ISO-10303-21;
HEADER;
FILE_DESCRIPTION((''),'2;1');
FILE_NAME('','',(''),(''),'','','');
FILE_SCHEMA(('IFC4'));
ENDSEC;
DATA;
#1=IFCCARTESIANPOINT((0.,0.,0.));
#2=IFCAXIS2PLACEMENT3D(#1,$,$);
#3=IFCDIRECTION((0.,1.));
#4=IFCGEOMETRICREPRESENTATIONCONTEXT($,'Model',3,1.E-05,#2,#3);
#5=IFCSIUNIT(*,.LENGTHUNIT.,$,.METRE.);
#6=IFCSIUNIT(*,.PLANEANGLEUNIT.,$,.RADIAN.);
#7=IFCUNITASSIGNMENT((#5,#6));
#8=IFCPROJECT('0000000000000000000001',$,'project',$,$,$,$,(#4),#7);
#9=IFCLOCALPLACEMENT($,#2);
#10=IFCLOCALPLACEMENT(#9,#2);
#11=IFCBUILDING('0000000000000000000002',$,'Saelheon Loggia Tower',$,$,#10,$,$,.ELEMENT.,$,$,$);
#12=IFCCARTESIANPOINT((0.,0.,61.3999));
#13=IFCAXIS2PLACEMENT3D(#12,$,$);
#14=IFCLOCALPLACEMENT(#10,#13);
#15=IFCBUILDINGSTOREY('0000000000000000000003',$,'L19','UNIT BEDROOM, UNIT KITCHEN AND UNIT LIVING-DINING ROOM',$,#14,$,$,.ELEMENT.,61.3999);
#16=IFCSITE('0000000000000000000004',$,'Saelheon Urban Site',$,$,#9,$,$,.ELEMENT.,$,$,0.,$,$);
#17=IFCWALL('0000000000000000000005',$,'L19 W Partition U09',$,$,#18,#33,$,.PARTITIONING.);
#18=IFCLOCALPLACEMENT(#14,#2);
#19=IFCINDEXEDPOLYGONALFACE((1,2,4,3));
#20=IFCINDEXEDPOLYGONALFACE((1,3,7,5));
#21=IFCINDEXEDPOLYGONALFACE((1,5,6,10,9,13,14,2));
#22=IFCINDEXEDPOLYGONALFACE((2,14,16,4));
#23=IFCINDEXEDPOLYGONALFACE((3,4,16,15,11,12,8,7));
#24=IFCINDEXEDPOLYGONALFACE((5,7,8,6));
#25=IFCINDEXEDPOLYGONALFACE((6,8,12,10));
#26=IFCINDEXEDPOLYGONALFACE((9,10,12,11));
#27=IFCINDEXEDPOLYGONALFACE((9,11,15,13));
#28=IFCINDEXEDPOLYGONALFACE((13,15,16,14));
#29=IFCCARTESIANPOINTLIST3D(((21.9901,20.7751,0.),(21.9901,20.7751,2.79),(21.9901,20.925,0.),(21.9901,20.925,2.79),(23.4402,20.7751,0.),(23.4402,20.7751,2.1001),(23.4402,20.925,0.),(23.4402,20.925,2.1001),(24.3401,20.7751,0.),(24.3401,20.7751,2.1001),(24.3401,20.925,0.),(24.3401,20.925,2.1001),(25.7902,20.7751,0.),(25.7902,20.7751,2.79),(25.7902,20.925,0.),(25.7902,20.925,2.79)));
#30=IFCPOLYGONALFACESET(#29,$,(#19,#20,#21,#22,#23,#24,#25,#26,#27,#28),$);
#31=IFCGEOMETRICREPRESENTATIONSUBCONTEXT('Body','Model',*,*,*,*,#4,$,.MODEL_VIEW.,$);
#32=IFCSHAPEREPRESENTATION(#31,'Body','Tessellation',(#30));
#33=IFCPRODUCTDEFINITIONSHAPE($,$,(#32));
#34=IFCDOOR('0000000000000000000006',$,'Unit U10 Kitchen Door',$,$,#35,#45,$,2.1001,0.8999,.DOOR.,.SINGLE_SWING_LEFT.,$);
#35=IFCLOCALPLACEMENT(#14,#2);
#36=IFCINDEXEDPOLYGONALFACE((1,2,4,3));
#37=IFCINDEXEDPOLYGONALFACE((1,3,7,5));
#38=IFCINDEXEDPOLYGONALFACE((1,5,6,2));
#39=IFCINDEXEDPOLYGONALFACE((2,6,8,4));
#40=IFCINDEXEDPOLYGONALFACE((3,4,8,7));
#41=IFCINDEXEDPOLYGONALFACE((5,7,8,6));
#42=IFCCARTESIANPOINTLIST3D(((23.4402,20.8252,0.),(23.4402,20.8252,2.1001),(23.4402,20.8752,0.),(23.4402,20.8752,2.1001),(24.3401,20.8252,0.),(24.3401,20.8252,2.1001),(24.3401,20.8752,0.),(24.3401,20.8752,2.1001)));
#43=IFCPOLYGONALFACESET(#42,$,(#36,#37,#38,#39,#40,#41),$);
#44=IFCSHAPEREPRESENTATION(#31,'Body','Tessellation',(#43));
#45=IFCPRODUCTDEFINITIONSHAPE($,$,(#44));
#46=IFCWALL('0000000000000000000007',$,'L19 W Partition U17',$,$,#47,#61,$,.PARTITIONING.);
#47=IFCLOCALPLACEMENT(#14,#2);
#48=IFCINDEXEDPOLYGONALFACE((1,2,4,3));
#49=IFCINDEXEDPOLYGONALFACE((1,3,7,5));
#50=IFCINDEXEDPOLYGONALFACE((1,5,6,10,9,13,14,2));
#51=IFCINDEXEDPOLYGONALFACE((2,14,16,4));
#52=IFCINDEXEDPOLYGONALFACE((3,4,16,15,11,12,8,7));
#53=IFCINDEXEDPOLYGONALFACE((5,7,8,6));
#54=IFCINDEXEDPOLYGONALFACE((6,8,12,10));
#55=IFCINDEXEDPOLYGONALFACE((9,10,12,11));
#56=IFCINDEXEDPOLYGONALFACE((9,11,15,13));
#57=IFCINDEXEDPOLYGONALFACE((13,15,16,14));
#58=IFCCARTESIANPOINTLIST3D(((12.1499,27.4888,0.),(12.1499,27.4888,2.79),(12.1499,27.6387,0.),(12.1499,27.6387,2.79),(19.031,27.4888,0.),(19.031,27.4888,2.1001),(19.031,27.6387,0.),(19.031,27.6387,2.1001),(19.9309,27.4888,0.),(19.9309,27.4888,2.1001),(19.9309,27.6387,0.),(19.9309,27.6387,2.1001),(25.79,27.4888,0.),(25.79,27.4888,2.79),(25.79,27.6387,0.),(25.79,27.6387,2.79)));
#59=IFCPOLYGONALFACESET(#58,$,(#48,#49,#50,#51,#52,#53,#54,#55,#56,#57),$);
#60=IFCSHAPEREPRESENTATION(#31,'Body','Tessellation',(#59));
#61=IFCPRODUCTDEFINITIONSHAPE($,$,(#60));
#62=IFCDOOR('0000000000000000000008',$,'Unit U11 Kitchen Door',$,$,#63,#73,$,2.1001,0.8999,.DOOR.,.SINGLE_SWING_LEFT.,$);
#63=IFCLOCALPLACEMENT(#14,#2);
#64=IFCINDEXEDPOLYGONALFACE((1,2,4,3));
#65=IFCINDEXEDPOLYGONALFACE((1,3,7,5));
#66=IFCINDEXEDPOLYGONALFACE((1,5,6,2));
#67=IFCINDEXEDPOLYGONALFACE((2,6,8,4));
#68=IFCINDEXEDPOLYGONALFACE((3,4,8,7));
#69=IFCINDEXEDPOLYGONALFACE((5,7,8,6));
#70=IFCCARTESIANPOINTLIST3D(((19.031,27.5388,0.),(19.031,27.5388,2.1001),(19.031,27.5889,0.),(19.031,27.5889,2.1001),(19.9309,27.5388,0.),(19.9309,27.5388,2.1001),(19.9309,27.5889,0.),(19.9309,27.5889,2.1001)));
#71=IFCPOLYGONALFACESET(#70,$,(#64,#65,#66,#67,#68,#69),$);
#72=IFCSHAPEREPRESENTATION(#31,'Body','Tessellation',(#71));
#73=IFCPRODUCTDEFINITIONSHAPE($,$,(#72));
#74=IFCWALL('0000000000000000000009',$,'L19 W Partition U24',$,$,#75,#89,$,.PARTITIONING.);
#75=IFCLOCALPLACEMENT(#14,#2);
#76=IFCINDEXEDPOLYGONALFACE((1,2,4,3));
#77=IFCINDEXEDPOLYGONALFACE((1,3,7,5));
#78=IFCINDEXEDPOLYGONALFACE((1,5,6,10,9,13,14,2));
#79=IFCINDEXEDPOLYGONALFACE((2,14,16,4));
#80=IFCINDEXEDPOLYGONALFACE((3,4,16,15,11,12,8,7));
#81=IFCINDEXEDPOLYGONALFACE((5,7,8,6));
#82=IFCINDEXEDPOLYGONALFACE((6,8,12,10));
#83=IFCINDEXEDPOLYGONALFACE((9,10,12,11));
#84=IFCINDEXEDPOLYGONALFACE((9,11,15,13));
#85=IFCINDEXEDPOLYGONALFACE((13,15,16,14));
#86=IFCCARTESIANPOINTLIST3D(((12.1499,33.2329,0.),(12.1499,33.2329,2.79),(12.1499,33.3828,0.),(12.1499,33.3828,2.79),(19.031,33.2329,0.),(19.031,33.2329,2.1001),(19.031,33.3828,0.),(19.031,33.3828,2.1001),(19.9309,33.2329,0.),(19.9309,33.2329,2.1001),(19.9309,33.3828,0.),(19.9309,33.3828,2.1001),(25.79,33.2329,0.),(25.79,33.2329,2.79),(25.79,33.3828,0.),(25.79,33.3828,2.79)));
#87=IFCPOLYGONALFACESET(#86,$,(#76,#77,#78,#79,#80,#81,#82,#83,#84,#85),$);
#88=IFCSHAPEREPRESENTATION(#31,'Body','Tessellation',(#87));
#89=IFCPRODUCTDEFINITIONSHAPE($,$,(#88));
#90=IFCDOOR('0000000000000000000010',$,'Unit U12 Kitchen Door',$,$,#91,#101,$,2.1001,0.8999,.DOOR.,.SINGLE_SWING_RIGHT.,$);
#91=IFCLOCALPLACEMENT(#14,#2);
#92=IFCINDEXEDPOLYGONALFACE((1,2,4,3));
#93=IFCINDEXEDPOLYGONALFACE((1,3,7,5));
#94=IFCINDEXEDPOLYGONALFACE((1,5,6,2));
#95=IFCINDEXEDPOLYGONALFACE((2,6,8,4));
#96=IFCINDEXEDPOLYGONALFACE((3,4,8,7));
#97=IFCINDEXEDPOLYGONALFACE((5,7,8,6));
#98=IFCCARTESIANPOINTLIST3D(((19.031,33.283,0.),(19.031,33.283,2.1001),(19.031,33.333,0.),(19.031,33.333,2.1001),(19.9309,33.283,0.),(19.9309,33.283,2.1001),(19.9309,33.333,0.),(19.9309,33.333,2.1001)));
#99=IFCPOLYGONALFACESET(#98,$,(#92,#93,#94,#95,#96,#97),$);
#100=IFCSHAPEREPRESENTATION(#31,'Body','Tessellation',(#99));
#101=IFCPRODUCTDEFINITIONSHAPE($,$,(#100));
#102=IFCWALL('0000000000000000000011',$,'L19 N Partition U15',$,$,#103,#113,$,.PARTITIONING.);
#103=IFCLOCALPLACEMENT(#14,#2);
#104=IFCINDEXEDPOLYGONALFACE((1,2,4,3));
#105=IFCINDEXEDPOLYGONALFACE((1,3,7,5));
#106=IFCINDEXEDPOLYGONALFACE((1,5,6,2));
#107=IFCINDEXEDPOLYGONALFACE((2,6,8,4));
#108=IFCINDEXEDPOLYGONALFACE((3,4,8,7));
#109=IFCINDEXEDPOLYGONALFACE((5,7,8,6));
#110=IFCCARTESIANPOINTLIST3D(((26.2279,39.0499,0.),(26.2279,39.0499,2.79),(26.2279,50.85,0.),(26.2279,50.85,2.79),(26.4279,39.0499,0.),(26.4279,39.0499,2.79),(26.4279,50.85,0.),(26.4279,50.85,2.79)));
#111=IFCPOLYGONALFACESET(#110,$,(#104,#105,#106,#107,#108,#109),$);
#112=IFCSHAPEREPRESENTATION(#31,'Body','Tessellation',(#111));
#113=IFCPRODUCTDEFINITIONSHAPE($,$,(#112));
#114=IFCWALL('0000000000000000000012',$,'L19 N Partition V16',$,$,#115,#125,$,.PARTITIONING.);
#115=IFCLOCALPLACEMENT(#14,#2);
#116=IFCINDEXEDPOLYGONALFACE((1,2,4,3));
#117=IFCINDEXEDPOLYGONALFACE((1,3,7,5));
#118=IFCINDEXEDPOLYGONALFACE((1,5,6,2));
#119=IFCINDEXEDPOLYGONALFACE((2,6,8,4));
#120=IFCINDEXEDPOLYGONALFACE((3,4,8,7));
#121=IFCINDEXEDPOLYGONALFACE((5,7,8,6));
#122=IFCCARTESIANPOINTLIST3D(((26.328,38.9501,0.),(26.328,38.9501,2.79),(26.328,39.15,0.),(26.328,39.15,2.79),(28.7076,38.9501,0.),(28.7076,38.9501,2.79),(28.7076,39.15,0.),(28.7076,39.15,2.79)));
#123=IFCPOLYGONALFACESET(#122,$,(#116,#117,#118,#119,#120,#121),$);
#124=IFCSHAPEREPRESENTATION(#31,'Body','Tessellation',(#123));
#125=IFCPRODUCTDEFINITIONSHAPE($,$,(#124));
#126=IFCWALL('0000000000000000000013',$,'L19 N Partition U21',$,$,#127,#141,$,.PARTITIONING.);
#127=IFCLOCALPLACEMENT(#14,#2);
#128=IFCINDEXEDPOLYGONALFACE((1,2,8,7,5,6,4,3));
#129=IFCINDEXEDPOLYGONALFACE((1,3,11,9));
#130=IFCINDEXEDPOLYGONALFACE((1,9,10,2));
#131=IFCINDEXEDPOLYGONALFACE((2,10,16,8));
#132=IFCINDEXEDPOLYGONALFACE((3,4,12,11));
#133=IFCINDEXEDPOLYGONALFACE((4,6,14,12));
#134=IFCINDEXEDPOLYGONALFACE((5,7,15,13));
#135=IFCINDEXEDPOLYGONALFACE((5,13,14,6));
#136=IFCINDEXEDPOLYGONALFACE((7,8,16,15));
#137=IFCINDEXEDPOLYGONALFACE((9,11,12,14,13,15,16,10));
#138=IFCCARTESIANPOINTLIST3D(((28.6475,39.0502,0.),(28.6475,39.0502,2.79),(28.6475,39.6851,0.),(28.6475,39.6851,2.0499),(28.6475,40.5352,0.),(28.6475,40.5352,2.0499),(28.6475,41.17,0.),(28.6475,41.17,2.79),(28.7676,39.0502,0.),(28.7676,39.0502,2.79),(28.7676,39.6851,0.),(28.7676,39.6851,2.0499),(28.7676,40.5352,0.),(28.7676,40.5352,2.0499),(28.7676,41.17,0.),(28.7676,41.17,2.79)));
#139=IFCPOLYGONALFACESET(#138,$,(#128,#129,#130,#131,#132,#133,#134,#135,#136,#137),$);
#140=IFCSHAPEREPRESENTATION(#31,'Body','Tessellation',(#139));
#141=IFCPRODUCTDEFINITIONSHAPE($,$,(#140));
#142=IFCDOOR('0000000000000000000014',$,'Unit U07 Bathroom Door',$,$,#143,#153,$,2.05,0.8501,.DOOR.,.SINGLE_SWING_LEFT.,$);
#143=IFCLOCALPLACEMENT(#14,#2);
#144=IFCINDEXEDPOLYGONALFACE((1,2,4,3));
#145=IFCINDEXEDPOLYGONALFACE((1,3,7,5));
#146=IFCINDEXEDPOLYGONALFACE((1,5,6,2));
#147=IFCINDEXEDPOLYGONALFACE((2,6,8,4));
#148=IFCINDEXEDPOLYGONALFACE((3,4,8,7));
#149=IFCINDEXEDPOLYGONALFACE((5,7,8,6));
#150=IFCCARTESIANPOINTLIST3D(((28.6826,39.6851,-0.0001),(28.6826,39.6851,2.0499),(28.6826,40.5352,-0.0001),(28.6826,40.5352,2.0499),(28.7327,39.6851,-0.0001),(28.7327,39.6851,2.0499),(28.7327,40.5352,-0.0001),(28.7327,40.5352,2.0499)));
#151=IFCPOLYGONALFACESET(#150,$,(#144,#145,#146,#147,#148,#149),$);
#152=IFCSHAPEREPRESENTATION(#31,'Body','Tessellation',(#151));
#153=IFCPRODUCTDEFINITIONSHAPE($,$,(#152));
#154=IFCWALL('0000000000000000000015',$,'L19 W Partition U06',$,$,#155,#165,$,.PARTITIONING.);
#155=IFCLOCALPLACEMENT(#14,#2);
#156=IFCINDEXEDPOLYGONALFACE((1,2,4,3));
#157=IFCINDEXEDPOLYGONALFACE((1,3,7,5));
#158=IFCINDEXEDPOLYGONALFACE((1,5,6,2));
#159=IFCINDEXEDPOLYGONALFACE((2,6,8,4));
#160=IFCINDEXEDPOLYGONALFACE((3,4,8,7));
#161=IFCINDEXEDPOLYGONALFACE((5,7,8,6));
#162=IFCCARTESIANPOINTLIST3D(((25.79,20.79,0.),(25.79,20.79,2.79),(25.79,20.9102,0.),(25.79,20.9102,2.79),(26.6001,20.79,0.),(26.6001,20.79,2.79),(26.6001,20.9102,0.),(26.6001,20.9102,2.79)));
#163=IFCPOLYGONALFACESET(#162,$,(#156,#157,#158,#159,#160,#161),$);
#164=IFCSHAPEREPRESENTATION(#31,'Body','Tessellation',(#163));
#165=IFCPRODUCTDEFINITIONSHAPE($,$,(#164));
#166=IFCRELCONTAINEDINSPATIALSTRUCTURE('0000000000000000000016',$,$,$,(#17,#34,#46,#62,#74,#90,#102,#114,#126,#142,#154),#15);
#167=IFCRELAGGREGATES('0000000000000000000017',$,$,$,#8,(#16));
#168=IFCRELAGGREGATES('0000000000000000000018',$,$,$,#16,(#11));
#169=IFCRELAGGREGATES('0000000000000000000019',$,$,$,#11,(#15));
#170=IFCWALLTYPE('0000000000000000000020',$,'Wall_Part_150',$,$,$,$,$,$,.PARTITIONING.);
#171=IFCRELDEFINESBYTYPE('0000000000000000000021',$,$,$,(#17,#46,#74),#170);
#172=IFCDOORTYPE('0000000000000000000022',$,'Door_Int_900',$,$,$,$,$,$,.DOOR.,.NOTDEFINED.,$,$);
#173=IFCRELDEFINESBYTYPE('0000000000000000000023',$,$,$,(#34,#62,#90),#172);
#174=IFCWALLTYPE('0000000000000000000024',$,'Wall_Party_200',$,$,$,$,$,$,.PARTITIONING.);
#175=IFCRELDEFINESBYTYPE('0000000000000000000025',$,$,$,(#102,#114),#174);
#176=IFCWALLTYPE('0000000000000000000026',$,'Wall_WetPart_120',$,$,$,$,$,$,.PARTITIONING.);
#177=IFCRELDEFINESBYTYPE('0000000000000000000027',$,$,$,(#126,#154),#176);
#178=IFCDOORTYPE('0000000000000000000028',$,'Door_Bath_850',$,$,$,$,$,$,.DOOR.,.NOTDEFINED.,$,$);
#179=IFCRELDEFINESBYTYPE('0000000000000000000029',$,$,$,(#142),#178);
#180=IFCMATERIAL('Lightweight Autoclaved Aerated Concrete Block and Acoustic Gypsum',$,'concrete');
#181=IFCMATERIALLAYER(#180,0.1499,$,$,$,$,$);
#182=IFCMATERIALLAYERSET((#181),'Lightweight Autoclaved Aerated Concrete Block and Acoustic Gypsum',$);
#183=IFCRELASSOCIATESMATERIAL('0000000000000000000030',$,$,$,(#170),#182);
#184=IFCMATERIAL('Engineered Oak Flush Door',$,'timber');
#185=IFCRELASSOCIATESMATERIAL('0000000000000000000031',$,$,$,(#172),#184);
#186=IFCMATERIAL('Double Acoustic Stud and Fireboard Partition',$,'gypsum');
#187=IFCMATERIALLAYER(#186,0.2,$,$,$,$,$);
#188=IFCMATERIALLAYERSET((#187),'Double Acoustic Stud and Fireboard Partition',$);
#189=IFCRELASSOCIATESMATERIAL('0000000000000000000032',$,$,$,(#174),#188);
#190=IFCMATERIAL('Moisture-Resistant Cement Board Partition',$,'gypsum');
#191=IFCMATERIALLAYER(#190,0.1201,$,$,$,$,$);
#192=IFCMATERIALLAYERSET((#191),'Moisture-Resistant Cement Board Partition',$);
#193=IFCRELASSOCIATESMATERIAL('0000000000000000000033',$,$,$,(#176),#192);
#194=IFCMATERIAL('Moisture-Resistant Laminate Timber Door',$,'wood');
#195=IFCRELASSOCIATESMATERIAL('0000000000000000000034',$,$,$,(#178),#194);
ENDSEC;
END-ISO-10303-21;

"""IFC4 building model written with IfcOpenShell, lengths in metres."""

from ifc_helpers import new_model, si_unit, direction, frame, frame_2d, origin, place, context, subcontext, project, spatial, rectangle, extrude, source, transform, mapped, material, layer, layer_set, type_object, element, fill, save


model = new_model("IFC4")

# Units and contexts
model_context = context("Model", 3, precision=1e-05, world=origin(), true_north=direction((0.0, 1.0)))
body_context = subcontext(model_context, "Body", "Model", "MODEL_VIEW")
ifc_project = project(units=[si_unit("LENGTHUNIT", "METRE"), si_unit("PLANEANGLEUNIT", "RADIAN")], contexts=[model_context])

# Site, building, storey
site_placement = place(None, origin())
site = spatial("IfcSite", under=ifc_project, at=site_placement, Name="Saelheon Urban Site", CompositionType="ELEMENT", RefElevation=0.0)
building_placement = place(site_placement, origin())
building = spatial("IfcBuilding", under=site, at=building_placement, Name="Saelheon Loggia Tower", CompositionType="ELEMENT")
storey_placement = place(building_placement, frame((0.0, 0.0, 61.3999)))
storey = spatial("IfcBuildingStorey", under=building, at=storey_placement, Name="L19", Description="UNIT BEDROOM, UNIT KITCHEN AND UNIT LIVING-DINING ROOM", CompositionType="ELEMENT", Elevation=61.3999)

# Walls, openings, doors
ifc_material_1 = material(Name="Lightweight Autoclaved Aerated Concrete Block and Acoustic Gypsum", Category="concrete")
ifc_layer_1 = layer(ifc_material_1, 0.1499)
ifc_layer_set_1 = layer_set([ifc_layer_1], Name="Lightweight Autoclaved Aerated Concrete Block and Acoustic Gypsum")
wall_type_1 = type_object("IfcWallType", Name="Wall_Part_150", PredefinedType="PARTITIONING", material=ifc_layer_set_1)
wall_1_placement = place(storey_placement, frame((25.79, 20.8501, 0.0), z_axis=(0.0, 0.0, 1.0), x_axis=(-1.0, 0.0, 0.0)))
wall_1 = element("IfcWall", 1, at=wall_1_placement, inside=storey, type_object=wall_type_1, Name="L19 W Partition U09", PredefinedType="PARTITIONING", context=body_context, shape_type="SweptSolid", body=[
    extrude(rectangle(XDim=3.8, YDim=0.1499, at=frame_2d((1.8999, 0.0))), origin(), (0.0, 0.0, 1.0), 2.79),
])
opening_1_placement = place(wall_1_placement, frame((1.45, 0.0, 0.0)))
opening_1 = element("IfcOpeningElement", 2, at=opening_1_placement, cuts=wall_1, PredefinedType="OPENING", context=body_context, shape_type="SweptSolid", body=[
    extrude(rectangle(XDim=0.8999, YDim=2.1001, at=frame_2d((0.45, 1.05))), frame((0.0, 0.0869, 0.0), z_axis=(0.0, -1.0, 0.0), x_axis=(1.0, 0.0, 0.0)), (0.0, 0.0, 1.0), 0.1738),
])
ifc_material_2 = material(Name="Engineered Oak Flush Door", Category="timber")
door_type_1 = type_object("IfcDoorType", Name="Door_Int_900", OperationType="NOTDEFINED", PredefinedType="DOOR", material=ifc_material_2)
shared_shape_1 = source(origin(), body_context, "Body", "SweptSolid", [
    extrude(rectangle(XDim=0.8999, YDim=2.1001, at=frame_2d((0.45, 1.05))), frame((0.0, 0.0249, 0.0), z_axis=(0.0, -1.0, 0.0), x_axis=(1.0, 0.0, 0.0)), (0.0, 0.0, 1.0), 0.05),
])
door_1_placement = place(opening_1_placement, origin())
door_1 = element("IfcDoor", 3, at=door_1_placement, inside=storey, type_object=door_type_1, Name="Unit U10 Kitchen Door", OperationType="SINGLE_SWING_LEFT", OverallHeight=2.1001, OverallWidth=0.8999, PredefinedType="DOOR", context=body_context, shape_type="MappedRepresentation", body=[
    mapped(shared_shape_1, transform((0.0, 0.0, 0.0), scale=1.0)),
])
fill(opening_1, door_1)
wall_2_placement = place(storey_placement, frame((25.79, 27.5637, 0.0), z_axis=(0.0, 0.0, 1.0), x_axis=(-1.0, 0.0, 0.0)))
wall_2 = element("IfcWall", 4, at=wall_2_placement, inside=storey, type_object=wall_type_1, Name="L19 W Partition U17", PredefinedType="PARTITIONING", context=body_context, shape_type="SweptSolid", body=[
    extrude(rectangle(XDim=13.6401, YDim=0.1499, at=frame_2d((6.8201, 0.0))), origin(), (0.0, 0.0, 1.0), 2.79),
])
opening_2_placement = place(wall_2_placement, frame((5.8591, 0.0, 0.0)))
opening_2 = element("IfcOpeningElement", 5, at=opening_2_placement, cuts=wall_2, PredefinedType="OPENING", context=body_context, shape_type="SweptSolid", body=[
    extrude(rectangle(XDim=0.8999, YDim=2.1001, at=frame_2d((0.45, 1.05))), frame((0.0, 0.0869, 0.0), z_axis=(0.0, -1.0, 0.0), x_axis=(1.0, 0.0, 0.0)), (0.0, 0.0, 1.0), 0.1738),
])
door_2_placement = place(opening_2_placement, origin())
door_2 = element("IfcDoor", 6, at=door_2_placement, inside=storey, type_object=door_type_1, Name="Unit U11 Kitchen Door", OperationType="SINGLE_SWING_LEFT", OverallHeight=2.1001, OverallWidth=0.8999, PredefinedType="DOOR", context=body_context, shape_type="MappedRepresentation", body=[
    mapped(shared_shape_1, transform((0.0, 0.0, 0.0), scale=1.0)),
])
fill(opening_2, door_2)
wall_3_placement = place(storey_placement, frame((25.79, 33.3079, 0.0), z_axis=(0.0, 0.0, 1.0), x_axis=(-1.0, 0.0, 0.0)))
wall_3 = element("IfcWall", 7, at=wall_3_placement, inside=storey, type_object=wall_type_1, Name="L19 W Partition U24", PredefinedType="PARTITIONING", context=body_context, shape_type="SweptSolid", body=[
    extrude(rectangle(XDim=13.6401, YDim=0.1499, at=frame_2d((6.8201, 0.0))), origin(), (0.0, 0.0, 1.0), 2.79),
])
opening_3_placement = place(wall_3_placement, frame((5.8591, 0.0, 0.0)))
opening_3 = element("IfcOpeningElement", 8, at=opening_3_placement, cuts=wall_3, PredefinedType="OPENING", context=body_context, shape_type="SweptSolid", body=[
    extrude(rectangle(XDim=0.8999, YDim=2.1001, at=frame_2d((0.45, 1.05))), frame((0.0, 0.0869, 0.0), z_axis=(0.0, -1.0, 0.0), x_axis=(1.0, 0.0, 0.0)), (0.0, 0.0, 1.0), 0.1738),
])
door_3_placement = place(opening_3_placement, origin())
door_3 = element("IfcDoor", 9, at=door_3_placement, inside=storey, type_object=door_type_1, Name="Unit U12 Kitchen Door", OperationType="SINGLE_SWING_RIGHT", OverallHeight=2.1001, OverallWidth=0.8999, PredefinedType="DOOR", context=body_context, shape_type="MappedRepresentation", body=[
    mapped(shared_shape_1, transform((0.0, 0.0, 0.0), scale=1.0)),
])
fill(opening_3, door_3)

# Walls
ifc_material_3 = material(Name="Double Acoustic Stud and Fireboard Partition", Category="gypsum")
ifc_layer_2 = layer(ifc_material_3, 0.2)
ifc_layer_set_2 = layer_set([ifc_layer_2], Name="Double Acoustic Stud and Fireboard Partition")
wall_type_2 = type_object("IfcWallType", Name="Wall_Party_200", PredefinedType="PARTITIONING", material=ifc_layer_set_2)
wall_4_placement = place(storey_placement, frame((26.3279, 39.05, 0.0), z_axis=(0.0, 0.0, 1.0), x_axis=(0.0, 1.0, 0.0)))
element("IfcWall", 10, at=wall_4_placement, inside=storey, type_object=wall_type_2, Name="L19 N Partition U15", PredefinedType="PARTITIONING", context=body_context, shape_type="SweptSolid", body=[
    extrude(rectangle(XDim=11.8, YDim=0.2, at=frame_2d((5.8999, 0.0))), origin(), (0.0, 0.0, 1.0), 2.79),
])
wall_5_placement = place(storey_placement, frame((26.3279, 39.05, 0.0), z_axis=(0.0, 0.0, 1.0), x_axis=(1.0, 0.0, 0.0)))
element("IfcWall", 11, at=wall_5_placement, inside=storey, type_object=wall_type_2, Name="L19 N Partition V16", PredefinedType="PARTITIONING", context=body_context, shape_type="SweptSolid", body=[
    extrude(rectangle(XDim=2.3796, YDim=0.2, at=frame_2d((1.1899, 0.0))), origin(), (0.0, 0.0, 1.0), 2.79),
])

# Wall, opening, door
ifc_material_4 = material(Name="Moisture-Resistant Cement Board Partition", Category="gypsum")
ifc_layer_3 = layer(ifc_material_4, 0.1201)
ifc_layer_set_3 = layer_set([ifc_layer_3], Name="Moisture-Resistant Cement Board Partition")
wall_type_3 = type_object("IfcWallType", Name="Wall_WetPart_120", PredefinedType="PARTITIONING", material=ifc_layer_set_3)
wall_6_placement = place(storey_placement, frame((28.7075, 39.05, 0.0), z_axis=(0.0, 0.0, 1.0), x_axis=(0.0, 1.0, 0.0)))
wall_6 = element("IfcWall", 12, at=wall_6_placement, inside=storey, type_object=wall_type_3, Name="L19 N Partition U21", PredefinedType="PARTITIONING", context=body_context, shape_type="SweptSolid", body=[
    extrude(rectangle(XDim=2.1199, YDim=0.1201, at=frame_2d((1.0601, 0.0))), origin(), (0.0, 0.0, 1.0), 2.79),
])
opening_4_placement = place(wall_6_placement, frame((0.635, 0.0, 0.0)))
opening_4 = element("IfcOpeningElement", 13, at=opening_4_placement, cuts=wall_6, PredefinedType="OPENING", context=body_context, shape_type="SweptSolid", body=[
    extrude(rectangle(XDim=0.8501, YDim=2.05, at=frame_2d((0.425, 1.0249))), frame((0.0, 0.072, 0.0), z_axis=(0.0, -1.0, 0.0), x_axis=(1.0, 0.0, 0.0)), (0.0, 0.0, 1.0), 0.144),
])
ifc_material_5 = material(Name="Moisture-Resistant Laminate Timber Door", Category="wood")
door_type_2 = type_object("IfcDoorType", Name="Door_Bath_850", OperationType="NOTDEFINED", PredefinedType="DOOR", material=ifc_material_5)
shared_shape_2 = source(origin(), body_context, "Body", "SweptSolid", [
    extrude(rectangle(XDim=0.8501, YDim=2.05, at=frame_2d((0.425, 1.0249))), frame((0.0, 0.0249, 0.0), z_axis=(0.0, -1.0, 0.0), x_axis=(1.0, 0.0, 0.0)), (0.0, 0.0, 1.0), 0.05),
])
door_4_placement = place(opening_4_placement, origin())
door_4 = element("IfcDoor", 14, at=door_4_placement, inside=storey, type_object=door_type_2, Name="Unit U07 Bathroom Door", OperationType="SINGLE_SWING_LEFT", OverallHeight=2.05, OverallWidth=0.8501, PredefinedType="DOOR", context=body_context, shape_type="MappedRepresentation", body=[
    mapped(shared_shape_2, transform((0.0, 0.0, 0.0), scale=1.0)),
])
fill(opening_4, door_4)

# Wall
for number, where, z_axis, x_axis, name in (
    (15, (26.6001, 20.8501, 0.0), (0.0, 0.0, 1.0), (-1.0, 0.0, 0.0), "L19 W Partition U06"),
):
    element("IfcWall", number, at=place(storey_placement, frame(where, z_axis=z_axis, x_axis=x_axis)), inside=storey, type_object=wall_type_3, Name=name, PredefinedType="PARTITIONING", context=body_context, shape_type="SweptSolid", body=[
        extrude(rectangle(XDim=0.8101, YDim=0.1201, at=frame_2d((0.405, 0.0))), origin(), (0.0, 0.0, 1.0), 2.79),
    ])

save(model, "model.ifc")
